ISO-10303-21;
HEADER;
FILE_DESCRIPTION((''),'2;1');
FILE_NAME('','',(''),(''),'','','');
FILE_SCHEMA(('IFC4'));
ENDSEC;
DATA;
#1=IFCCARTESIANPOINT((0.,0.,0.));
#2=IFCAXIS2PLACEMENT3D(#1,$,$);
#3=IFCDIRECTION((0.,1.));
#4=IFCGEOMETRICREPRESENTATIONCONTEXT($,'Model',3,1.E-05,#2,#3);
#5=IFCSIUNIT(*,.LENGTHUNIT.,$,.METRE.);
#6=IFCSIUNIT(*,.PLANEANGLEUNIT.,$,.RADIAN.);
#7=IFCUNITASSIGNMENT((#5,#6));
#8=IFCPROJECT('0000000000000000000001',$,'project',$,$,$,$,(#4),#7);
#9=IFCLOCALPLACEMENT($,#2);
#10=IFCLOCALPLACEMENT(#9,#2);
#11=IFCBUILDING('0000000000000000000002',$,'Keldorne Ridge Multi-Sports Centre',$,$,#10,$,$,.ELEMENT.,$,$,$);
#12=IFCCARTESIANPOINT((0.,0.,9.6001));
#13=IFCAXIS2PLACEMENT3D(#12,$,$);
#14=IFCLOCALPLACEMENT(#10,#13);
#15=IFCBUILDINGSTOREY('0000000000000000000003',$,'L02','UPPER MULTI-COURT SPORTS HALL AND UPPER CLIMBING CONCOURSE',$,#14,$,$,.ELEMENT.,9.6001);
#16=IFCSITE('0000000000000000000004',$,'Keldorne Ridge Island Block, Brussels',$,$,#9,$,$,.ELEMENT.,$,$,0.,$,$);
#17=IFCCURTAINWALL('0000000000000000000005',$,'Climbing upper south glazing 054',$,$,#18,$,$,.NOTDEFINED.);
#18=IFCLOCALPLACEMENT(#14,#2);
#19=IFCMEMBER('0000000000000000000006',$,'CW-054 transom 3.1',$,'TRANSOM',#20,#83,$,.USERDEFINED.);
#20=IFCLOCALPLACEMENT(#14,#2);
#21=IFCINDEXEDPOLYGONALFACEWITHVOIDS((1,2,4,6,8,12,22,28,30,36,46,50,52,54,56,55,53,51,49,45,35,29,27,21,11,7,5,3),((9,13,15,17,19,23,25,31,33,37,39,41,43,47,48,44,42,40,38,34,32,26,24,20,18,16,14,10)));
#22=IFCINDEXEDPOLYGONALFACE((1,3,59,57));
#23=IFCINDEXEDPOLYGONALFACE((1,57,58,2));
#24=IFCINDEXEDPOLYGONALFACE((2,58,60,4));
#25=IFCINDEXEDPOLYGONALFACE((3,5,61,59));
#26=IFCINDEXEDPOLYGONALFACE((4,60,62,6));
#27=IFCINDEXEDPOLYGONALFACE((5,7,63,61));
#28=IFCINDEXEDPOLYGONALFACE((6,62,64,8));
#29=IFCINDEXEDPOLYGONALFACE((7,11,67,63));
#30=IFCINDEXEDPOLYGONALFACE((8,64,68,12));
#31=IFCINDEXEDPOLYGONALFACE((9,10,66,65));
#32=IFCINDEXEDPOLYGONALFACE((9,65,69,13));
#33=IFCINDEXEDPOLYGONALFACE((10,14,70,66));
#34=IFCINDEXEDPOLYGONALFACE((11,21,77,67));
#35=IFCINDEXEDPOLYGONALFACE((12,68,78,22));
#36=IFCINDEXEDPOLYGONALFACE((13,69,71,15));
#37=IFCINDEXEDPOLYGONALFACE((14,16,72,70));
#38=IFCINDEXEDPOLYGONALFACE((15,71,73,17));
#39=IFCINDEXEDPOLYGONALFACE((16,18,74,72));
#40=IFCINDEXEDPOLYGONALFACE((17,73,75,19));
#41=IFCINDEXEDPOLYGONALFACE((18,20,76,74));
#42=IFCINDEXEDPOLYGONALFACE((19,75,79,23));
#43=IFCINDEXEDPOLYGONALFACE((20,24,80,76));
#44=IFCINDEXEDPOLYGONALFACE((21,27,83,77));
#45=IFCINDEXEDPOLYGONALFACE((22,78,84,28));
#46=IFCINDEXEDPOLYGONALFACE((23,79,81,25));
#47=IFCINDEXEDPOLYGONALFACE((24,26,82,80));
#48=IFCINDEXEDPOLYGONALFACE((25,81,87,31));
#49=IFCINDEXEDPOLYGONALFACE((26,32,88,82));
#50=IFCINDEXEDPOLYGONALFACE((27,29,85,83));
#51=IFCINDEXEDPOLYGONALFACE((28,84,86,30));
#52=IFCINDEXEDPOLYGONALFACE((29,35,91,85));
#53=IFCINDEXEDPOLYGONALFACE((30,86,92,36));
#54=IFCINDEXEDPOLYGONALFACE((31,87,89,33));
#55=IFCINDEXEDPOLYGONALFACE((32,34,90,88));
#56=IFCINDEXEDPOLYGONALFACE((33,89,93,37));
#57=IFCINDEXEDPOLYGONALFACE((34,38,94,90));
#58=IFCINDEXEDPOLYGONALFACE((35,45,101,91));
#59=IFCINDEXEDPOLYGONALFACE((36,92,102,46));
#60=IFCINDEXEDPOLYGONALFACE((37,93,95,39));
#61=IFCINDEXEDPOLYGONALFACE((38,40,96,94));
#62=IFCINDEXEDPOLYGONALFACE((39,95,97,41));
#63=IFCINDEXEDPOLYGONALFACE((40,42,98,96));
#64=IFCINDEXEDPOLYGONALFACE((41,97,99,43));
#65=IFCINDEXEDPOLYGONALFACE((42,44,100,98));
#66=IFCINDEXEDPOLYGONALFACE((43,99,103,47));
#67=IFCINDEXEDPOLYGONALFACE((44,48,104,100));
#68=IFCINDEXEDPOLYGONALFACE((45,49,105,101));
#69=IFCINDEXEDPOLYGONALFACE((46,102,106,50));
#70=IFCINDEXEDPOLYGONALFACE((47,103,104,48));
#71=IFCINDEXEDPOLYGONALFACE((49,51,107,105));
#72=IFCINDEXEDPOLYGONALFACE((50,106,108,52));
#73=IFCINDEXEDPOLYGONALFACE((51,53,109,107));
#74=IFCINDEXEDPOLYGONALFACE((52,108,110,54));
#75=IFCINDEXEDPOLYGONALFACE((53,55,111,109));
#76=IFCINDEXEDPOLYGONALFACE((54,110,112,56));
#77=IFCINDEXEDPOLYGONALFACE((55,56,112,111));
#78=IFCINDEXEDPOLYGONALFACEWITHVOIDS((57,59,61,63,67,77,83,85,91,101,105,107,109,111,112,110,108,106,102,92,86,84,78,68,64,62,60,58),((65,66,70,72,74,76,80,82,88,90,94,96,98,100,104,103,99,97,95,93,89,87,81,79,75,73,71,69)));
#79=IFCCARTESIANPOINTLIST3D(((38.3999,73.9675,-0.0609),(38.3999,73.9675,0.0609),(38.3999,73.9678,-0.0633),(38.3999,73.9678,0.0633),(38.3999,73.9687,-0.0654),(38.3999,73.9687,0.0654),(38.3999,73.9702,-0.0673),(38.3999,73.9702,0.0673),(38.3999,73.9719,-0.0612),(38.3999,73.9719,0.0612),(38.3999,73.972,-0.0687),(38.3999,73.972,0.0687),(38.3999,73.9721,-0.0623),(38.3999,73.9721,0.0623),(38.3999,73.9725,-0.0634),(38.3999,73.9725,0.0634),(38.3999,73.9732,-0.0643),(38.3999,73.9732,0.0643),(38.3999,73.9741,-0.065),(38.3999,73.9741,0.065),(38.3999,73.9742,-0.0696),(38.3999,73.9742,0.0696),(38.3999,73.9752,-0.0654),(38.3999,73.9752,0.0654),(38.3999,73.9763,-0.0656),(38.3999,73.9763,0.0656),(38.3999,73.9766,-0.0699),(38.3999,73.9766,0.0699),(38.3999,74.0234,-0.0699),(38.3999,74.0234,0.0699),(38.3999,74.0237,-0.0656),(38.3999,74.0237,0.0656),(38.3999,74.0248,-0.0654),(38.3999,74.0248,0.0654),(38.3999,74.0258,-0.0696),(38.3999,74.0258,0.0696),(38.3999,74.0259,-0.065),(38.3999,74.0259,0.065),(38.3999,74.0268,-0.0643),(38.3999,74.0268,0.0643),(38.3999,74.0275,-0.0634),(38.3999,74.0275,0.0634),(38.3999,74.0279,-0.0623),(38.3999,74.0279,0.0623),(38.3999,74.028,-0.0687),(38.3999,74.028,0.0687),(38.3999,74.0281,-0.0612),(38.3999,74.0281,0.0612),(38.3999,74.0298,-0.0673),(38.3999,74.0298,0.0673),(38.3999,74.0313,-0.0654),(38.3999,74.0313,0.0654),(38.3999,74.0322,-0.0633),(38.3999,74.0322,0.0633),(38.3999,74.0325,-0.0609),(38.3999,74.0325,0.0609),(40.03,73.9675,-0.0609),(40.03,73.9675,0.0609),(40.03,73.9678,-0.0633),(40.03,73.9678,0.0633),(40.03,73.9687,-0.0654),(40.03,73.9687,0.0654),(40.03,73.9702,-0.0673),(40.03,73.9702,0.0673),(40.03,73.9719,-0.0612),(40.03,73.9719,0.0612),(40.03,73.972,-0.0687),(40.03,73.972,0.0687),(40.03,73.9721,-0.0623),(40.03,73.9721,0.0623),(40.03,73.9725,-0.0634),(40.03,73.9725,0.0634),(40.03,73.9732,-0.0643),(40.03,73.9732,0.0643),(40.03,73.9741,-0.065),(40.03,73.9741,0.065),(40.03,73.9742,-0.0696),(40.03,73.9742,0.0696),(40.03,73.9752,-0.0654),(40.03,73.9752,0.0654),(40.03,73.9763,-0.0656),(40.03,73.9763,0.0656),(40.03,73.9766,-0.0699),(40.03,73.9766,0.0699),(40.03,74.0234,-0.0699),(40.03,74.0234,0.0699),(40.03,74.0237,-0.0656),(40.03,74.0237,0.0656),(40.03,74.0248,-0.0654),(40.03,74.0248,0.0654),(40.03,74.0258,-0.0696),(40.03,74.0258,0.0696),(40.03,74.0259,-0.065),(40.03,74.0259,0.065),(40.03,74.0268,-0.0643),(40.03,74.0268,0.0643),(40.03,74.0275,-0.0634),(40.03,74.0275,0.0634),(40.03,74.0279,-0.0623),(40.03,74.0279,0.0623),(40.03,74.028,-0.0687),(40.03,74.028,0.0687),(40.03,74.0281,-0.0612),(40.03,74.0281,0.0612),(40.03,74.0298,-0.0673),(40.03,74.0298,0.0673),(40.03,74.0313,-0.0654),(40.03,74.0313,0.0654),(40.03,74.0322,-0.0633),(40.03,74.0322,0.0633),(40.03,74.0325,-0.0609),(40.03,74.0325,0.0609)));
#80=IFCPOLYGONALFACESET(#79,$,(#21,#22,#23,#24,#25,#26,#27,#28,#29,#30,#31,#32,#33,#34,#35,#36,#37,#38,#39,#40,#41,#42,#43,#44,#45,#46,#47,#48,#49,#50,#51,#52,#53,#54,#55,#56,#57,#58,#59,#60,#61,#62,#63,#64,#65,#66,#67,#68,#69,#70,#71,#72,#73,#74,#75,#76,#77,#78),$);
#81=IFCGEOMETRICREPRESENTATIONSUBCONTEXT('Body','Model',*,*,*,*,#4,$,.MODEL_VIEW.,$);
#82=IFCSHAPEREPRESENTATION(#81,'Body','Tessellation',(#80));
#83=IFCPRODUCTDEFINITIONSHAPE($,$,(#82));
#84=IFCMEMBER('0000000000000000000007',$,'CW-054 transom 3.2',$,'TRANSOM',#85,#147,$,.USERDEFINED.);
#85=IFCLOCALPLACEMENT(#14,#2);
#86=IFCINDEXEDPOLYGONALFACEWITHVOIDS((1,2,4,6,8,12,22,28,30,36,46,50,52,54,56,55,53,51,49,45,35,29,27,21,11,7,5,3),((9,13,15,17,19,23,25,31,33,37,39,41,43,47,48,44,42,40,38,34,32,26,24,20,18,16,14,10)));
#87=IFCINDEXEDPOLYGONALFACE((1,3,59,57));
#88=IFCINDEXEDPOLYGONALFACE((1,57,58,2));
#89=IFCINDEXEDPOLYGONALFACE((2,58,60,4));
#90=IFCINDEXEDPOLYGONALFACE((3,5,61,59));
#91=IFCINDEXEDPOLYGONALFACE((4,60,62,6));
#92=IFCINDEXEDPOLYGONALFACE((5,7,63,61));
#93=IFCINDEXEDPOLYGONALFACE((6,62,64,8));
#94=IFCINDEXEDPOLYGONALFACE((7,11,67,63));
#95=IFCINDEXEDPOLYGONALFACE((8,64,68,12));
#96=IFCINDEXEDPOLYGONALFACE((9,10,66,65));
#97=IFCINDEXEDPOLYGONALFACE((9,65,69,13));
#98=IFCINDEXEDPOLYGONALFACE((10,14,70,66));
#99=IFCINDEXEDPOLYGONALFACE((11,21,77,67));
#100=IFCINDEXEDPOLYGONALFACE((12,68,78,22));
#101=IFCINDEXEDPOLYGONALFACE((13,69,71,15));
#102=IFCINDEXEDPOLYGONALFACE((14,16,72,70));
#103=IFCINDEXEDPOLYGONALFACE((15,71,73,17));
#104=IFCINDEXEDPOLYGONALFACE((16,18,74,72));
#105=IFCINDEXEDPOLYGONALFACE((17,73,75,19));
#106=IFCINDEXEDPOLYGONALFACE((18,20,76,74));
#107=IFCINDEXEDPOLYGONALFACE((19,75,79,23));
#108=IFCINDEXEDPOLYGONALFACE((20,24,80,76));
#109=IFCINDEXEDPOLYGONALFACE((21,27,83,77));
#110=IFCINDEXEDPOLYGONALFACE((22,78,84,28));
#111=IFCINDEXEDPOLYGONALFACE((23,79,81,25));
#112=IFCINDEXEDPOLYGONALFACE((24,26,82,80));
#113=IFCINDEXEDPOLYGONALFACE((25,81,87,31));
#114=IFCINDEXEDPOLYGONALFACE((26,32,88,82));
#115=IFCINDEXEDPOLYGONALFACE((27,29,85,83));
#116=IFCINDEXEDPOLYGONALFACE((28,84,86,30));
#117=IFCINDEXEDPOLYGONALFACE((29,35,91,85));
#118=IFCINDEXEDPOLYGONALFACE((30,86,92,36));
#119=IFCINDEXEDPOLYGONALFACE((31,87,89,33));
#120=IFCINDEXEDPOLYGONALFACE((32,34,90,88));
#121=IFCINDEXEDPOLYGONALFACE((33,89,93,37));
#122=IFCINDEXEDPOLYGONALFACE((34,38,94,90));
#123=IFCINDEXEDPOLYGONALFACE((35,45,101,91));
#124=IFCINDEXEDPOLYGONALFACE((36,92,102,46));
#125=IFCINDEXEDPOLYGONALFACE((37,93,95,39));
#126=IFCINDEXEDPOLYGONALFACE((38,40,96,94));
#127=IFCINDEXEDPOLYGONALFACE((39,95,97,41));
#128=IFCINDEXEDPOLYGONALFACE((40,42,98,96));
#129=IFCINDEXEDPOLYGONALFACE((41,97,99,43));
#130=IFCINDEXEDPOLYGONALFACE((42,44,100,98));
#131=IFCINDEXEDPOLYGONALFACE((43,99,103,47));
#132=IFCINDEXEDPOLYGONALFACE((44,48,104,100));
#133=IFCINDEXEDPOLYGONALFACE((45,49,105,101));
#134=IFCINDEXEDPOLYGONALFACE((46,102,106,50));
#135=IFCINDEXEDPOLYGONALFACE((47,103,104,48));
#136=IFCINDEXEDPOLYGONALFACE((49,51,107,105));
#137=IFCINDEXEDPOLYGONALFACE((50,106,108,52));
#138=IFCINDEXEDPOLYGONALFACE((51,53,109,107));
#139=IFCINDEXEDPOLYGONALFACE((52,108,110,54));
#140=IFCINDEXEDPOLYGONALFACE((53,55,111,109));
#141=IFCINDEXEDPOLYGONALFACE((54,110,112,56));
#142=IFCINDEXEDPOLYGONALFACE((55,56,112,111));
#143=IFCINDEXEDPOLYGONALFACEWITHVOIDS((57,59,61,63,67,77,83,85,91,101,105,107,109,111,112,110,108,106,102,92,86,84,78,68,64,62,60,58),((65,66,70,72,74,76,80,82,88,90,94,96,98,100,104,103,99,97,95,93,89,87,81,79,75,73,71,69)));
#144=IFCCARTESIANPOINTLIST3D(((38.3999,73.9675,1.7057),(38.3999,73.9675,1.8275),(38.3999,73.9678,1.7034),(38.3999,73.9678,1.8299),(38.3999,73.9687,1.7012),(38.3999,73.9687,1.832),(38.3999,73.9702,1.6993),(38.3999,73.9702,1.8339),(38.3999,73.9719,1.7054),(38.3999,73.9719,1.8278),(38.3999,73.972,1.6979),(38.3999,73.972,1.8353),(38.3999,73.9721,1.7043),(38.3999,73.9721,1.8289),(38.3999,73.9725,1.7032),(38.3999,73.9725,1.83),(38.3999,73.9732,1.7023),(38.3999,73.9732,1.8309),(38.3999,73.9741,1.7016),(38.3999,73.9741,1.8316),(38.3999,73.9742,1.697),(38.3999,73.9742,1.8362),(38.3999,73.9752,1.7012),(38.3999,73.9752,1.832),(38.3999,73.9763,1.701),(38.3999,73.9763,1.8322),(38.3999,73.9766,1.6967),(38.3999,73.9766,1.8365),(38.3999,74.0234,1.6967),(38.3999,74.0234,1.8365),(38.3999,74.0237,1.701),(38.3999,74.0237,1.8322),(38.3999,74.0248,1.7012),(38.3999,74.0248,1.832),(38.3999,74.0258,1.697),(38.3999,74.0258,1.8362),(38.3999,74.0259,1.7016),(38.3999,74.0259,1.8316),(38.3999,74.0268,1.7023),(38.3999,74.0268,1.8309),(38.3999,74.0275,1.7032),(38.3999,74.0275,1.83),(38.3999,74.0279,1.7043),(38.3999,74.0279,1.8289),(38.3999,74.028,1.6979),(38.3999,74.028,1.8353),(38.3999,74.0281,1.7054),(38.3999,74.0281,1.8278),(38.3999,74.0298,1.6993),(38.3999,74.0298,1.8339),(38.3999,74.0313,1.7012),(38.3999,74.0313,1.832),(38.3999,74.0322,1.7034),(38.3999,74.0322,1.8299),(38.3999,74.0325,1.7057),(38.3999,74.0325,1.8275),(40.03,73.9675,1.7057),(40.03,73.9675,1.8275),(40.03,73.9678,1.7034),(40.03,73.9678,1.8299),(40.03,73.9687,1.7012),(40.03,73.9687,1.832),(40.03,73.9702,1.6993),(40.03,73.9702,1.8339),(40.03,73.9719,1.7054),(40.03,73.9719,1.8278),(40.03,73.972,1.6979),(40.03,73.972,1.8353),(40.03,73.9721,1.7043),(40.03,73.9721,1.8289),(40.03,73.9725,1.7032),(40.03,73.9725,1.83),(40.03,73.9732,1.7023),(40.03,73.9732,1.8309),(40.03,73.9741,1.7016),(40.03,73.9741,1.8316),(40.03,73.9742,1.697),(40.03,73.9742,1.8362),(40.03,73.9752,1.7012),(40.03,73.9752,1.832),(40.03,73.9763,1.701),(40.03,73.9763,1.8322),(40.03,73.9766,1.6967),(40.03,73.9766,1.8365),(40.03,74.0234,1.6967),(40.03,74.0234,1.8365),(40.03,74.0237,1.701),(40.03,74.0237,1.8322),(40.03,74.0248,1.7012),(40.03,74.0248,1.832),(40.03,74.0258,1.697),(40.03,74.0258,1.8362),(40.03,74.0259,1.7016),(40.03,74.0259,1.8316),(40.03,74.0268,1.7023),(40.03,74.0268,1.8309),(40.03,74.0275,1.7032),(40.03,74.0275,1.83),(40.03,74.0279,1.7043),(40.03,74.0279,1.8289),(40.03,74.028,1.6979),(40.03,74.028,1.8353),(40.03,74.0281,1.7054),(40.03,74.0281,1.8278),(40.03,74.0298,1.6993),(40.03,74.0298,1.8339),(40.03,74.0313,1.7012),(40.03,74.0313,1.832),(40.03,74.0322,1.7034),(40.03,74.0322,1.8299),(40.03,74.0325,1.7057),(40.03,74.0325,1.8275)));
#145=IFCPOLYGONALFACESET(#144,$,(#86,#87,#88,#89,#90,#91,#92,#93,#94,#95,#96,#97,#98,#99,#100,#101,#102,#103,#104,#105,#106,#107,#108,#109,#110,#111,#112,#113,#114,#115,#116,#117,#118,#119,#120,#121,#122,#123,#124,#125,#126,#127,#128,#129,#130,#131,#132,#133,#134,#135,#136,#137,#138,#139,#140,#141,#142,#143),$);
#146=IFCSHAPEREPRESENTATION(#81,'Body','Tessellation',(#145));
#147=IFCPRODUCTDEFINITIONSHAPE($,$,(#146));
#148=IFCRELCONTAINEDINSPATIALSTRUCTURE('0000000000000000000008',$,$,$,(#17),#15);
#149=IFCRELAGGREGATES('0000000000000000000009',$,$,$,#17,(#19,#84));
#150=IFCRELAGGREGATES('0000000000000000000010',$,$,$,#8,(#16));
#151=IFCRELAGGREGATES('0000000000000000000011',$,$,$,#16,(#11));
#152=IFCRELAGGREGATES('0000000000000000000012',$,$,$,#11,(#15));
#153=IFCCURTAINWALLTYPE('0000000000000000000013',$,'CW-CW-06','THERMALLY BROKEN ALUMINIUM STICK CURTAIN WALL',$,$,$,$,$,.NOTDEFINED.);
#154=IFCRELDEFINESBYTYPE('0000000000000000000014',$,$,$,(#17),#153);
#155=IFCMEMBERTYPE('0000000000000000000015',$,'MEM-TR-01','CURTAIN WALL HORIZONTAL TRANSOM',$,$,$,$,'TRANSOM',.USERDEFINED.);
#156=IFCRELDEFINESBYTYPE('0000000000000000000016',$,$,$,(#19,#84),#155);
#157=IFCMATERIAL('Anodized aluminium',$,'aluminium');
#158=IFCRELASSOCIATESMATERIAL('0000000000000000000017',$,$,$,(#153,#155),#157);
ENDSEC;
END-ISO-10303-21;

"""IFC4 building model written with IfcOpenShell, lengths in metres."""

from ifc_helpers import new_model, si_unit, direction, frame, origin, origin_2d, place, context, subcontext, project, spatial, hollow_rectangle, extrude, material, material_profile, profile_set, type_object, element, aggregate, save


model = new_model("IFC4")

# Units and contexts
model_context = context("Model", 3, precision=1e-05, world=origin(), true_north=direction((0.0, 1.0)))
body_context = subcontext(model_context, "Body", "Model", "MODEL_VIEW")
ifc_project = project(units=[si_unit("LENGTHUNIT", "METRE"), si_unit("PLANEANGLEUNIT", "RADIAN")], contexts=[model_context])

# Site, building, storey
site_placement = place(None, origin())
site = spatial("IfcSite", under=ifc_project, at=site_placement, Name="Keldorne Ridge Island Block, Brussels", CompositionType="ELEMENT", RefElevation=0.0)
building_placement = place(site_placement, origin())
building = spatial("IfcBuilding", under=site, at=building_placement, Name="Keldorne Ridge Multi-Sports Centre", CompositionType="ELEMENT")
storey_placement = place(building_placement, frame((0.0, 0.0, 9.6001)))
storey = spatial("IfcBuildingStorey", under=building, at=storey_placement, Name="L02", Description="UPPER MULTI-COURT SPORTS HALL AND UPPER CLIMBING CONCOURSE", CompositionType="ELEMENT", Elevation=9.6001)

# Shared definitions
ifc_material_1 = material(Name="Anodized aluminium", Category="aluminium")

# Curtain wall, members
curtain_wall_type_1 = type_object("IfcCurtainWallType", Name="CW-CW-06", Description="THERMALLY BROKEN ALUMINIUM STICK CURTAIN WALL", PredefinedType="NOTDEFINED", material=ifc_material_1)
curtain_wall_1_placement = place(storey_placement, origin())
curtain_wall_1 = element("IfcCurtainWall", 1, at=curtain_wall_1_placement, inside=storey, type_object=curtain_wall_type_1, Name="Climbing upper south glazing 054", PredefinedType="NOTDEFINED")
ifc_material_profile_1 = material_profile(ifc_material_1, hollow_rectangle(XDim=0.0649, YDim=0.1399, WallThickness=0.0044, InnerFilletRadius=0.0044, OuterFilletRadius=0.009, at=origin_2d()), Name="ALU TRANSOM 140x65x4.5")
ifc_profile_set_1 = profile_set([ifc_material_profile_1], Name="Anodized aluminium")
member_type_1 = type_object("IfcMemberType", Name="MEM-TR-01", Description="CURTAIN WALL HORIZONTAL TRANSOM", ElementType="TRANSOM", PredefinedType="USERDEFINED", material=ifc_profile_set_1)
member_1_placement = place(storey_placement, frame((38.3999, 74.0, 0.0), z_axis=(1.0, 0.0, 0.0), x_axis=(0.0, 1.0, 0.0)))
member_1 = element("IfcMember", 2, at=member_1_placement, type_object=member_type_1, Name="CW-054 transom 3.1", ObjectType="TRANSOM", PredefinedType="USERDEFINED", context=body_context, shape_type="SweptSolid", body=[
    extrude(hollow_rectangle(XDim=0.0649, YDim=0.1399, WallThickness=0.0044, InnerFilletRadius=0.0044, OuterFilletRadius=0.009, at=origin_2d()), origin(), (0.0, 0.0, 1.0), 1.6301),
])
member_2_placement = place(storey_placement, frame((38.3999, 74.0, 1.7666), z_axis=(1.0, 0.0, 0.0), x_axis=(0.0, 1.0, 0.0)))
member_2 = element("IfcMember", 3, at=member_2_placement, type_object=member_type_1, Name="CW-054 transom 3.2", ObjectType="TRANSOM", PredefinedType="USERDEFINED", context=body_context, shape_type="SweptSolid", body=[
    extrude(hollow_rectangle(XDim=0.0649, YDim=0.1399, WallThickness=0.0044, InnerFilletRadius=0.0044, OuterFilletRadius=0.009, at=origin_2d()), origin(), (0.0, 0.0, 1.0), 1.6301),
])

aggregate(curtain_wall_1, [member_1, member_2])

save(model, "model.ifc")
